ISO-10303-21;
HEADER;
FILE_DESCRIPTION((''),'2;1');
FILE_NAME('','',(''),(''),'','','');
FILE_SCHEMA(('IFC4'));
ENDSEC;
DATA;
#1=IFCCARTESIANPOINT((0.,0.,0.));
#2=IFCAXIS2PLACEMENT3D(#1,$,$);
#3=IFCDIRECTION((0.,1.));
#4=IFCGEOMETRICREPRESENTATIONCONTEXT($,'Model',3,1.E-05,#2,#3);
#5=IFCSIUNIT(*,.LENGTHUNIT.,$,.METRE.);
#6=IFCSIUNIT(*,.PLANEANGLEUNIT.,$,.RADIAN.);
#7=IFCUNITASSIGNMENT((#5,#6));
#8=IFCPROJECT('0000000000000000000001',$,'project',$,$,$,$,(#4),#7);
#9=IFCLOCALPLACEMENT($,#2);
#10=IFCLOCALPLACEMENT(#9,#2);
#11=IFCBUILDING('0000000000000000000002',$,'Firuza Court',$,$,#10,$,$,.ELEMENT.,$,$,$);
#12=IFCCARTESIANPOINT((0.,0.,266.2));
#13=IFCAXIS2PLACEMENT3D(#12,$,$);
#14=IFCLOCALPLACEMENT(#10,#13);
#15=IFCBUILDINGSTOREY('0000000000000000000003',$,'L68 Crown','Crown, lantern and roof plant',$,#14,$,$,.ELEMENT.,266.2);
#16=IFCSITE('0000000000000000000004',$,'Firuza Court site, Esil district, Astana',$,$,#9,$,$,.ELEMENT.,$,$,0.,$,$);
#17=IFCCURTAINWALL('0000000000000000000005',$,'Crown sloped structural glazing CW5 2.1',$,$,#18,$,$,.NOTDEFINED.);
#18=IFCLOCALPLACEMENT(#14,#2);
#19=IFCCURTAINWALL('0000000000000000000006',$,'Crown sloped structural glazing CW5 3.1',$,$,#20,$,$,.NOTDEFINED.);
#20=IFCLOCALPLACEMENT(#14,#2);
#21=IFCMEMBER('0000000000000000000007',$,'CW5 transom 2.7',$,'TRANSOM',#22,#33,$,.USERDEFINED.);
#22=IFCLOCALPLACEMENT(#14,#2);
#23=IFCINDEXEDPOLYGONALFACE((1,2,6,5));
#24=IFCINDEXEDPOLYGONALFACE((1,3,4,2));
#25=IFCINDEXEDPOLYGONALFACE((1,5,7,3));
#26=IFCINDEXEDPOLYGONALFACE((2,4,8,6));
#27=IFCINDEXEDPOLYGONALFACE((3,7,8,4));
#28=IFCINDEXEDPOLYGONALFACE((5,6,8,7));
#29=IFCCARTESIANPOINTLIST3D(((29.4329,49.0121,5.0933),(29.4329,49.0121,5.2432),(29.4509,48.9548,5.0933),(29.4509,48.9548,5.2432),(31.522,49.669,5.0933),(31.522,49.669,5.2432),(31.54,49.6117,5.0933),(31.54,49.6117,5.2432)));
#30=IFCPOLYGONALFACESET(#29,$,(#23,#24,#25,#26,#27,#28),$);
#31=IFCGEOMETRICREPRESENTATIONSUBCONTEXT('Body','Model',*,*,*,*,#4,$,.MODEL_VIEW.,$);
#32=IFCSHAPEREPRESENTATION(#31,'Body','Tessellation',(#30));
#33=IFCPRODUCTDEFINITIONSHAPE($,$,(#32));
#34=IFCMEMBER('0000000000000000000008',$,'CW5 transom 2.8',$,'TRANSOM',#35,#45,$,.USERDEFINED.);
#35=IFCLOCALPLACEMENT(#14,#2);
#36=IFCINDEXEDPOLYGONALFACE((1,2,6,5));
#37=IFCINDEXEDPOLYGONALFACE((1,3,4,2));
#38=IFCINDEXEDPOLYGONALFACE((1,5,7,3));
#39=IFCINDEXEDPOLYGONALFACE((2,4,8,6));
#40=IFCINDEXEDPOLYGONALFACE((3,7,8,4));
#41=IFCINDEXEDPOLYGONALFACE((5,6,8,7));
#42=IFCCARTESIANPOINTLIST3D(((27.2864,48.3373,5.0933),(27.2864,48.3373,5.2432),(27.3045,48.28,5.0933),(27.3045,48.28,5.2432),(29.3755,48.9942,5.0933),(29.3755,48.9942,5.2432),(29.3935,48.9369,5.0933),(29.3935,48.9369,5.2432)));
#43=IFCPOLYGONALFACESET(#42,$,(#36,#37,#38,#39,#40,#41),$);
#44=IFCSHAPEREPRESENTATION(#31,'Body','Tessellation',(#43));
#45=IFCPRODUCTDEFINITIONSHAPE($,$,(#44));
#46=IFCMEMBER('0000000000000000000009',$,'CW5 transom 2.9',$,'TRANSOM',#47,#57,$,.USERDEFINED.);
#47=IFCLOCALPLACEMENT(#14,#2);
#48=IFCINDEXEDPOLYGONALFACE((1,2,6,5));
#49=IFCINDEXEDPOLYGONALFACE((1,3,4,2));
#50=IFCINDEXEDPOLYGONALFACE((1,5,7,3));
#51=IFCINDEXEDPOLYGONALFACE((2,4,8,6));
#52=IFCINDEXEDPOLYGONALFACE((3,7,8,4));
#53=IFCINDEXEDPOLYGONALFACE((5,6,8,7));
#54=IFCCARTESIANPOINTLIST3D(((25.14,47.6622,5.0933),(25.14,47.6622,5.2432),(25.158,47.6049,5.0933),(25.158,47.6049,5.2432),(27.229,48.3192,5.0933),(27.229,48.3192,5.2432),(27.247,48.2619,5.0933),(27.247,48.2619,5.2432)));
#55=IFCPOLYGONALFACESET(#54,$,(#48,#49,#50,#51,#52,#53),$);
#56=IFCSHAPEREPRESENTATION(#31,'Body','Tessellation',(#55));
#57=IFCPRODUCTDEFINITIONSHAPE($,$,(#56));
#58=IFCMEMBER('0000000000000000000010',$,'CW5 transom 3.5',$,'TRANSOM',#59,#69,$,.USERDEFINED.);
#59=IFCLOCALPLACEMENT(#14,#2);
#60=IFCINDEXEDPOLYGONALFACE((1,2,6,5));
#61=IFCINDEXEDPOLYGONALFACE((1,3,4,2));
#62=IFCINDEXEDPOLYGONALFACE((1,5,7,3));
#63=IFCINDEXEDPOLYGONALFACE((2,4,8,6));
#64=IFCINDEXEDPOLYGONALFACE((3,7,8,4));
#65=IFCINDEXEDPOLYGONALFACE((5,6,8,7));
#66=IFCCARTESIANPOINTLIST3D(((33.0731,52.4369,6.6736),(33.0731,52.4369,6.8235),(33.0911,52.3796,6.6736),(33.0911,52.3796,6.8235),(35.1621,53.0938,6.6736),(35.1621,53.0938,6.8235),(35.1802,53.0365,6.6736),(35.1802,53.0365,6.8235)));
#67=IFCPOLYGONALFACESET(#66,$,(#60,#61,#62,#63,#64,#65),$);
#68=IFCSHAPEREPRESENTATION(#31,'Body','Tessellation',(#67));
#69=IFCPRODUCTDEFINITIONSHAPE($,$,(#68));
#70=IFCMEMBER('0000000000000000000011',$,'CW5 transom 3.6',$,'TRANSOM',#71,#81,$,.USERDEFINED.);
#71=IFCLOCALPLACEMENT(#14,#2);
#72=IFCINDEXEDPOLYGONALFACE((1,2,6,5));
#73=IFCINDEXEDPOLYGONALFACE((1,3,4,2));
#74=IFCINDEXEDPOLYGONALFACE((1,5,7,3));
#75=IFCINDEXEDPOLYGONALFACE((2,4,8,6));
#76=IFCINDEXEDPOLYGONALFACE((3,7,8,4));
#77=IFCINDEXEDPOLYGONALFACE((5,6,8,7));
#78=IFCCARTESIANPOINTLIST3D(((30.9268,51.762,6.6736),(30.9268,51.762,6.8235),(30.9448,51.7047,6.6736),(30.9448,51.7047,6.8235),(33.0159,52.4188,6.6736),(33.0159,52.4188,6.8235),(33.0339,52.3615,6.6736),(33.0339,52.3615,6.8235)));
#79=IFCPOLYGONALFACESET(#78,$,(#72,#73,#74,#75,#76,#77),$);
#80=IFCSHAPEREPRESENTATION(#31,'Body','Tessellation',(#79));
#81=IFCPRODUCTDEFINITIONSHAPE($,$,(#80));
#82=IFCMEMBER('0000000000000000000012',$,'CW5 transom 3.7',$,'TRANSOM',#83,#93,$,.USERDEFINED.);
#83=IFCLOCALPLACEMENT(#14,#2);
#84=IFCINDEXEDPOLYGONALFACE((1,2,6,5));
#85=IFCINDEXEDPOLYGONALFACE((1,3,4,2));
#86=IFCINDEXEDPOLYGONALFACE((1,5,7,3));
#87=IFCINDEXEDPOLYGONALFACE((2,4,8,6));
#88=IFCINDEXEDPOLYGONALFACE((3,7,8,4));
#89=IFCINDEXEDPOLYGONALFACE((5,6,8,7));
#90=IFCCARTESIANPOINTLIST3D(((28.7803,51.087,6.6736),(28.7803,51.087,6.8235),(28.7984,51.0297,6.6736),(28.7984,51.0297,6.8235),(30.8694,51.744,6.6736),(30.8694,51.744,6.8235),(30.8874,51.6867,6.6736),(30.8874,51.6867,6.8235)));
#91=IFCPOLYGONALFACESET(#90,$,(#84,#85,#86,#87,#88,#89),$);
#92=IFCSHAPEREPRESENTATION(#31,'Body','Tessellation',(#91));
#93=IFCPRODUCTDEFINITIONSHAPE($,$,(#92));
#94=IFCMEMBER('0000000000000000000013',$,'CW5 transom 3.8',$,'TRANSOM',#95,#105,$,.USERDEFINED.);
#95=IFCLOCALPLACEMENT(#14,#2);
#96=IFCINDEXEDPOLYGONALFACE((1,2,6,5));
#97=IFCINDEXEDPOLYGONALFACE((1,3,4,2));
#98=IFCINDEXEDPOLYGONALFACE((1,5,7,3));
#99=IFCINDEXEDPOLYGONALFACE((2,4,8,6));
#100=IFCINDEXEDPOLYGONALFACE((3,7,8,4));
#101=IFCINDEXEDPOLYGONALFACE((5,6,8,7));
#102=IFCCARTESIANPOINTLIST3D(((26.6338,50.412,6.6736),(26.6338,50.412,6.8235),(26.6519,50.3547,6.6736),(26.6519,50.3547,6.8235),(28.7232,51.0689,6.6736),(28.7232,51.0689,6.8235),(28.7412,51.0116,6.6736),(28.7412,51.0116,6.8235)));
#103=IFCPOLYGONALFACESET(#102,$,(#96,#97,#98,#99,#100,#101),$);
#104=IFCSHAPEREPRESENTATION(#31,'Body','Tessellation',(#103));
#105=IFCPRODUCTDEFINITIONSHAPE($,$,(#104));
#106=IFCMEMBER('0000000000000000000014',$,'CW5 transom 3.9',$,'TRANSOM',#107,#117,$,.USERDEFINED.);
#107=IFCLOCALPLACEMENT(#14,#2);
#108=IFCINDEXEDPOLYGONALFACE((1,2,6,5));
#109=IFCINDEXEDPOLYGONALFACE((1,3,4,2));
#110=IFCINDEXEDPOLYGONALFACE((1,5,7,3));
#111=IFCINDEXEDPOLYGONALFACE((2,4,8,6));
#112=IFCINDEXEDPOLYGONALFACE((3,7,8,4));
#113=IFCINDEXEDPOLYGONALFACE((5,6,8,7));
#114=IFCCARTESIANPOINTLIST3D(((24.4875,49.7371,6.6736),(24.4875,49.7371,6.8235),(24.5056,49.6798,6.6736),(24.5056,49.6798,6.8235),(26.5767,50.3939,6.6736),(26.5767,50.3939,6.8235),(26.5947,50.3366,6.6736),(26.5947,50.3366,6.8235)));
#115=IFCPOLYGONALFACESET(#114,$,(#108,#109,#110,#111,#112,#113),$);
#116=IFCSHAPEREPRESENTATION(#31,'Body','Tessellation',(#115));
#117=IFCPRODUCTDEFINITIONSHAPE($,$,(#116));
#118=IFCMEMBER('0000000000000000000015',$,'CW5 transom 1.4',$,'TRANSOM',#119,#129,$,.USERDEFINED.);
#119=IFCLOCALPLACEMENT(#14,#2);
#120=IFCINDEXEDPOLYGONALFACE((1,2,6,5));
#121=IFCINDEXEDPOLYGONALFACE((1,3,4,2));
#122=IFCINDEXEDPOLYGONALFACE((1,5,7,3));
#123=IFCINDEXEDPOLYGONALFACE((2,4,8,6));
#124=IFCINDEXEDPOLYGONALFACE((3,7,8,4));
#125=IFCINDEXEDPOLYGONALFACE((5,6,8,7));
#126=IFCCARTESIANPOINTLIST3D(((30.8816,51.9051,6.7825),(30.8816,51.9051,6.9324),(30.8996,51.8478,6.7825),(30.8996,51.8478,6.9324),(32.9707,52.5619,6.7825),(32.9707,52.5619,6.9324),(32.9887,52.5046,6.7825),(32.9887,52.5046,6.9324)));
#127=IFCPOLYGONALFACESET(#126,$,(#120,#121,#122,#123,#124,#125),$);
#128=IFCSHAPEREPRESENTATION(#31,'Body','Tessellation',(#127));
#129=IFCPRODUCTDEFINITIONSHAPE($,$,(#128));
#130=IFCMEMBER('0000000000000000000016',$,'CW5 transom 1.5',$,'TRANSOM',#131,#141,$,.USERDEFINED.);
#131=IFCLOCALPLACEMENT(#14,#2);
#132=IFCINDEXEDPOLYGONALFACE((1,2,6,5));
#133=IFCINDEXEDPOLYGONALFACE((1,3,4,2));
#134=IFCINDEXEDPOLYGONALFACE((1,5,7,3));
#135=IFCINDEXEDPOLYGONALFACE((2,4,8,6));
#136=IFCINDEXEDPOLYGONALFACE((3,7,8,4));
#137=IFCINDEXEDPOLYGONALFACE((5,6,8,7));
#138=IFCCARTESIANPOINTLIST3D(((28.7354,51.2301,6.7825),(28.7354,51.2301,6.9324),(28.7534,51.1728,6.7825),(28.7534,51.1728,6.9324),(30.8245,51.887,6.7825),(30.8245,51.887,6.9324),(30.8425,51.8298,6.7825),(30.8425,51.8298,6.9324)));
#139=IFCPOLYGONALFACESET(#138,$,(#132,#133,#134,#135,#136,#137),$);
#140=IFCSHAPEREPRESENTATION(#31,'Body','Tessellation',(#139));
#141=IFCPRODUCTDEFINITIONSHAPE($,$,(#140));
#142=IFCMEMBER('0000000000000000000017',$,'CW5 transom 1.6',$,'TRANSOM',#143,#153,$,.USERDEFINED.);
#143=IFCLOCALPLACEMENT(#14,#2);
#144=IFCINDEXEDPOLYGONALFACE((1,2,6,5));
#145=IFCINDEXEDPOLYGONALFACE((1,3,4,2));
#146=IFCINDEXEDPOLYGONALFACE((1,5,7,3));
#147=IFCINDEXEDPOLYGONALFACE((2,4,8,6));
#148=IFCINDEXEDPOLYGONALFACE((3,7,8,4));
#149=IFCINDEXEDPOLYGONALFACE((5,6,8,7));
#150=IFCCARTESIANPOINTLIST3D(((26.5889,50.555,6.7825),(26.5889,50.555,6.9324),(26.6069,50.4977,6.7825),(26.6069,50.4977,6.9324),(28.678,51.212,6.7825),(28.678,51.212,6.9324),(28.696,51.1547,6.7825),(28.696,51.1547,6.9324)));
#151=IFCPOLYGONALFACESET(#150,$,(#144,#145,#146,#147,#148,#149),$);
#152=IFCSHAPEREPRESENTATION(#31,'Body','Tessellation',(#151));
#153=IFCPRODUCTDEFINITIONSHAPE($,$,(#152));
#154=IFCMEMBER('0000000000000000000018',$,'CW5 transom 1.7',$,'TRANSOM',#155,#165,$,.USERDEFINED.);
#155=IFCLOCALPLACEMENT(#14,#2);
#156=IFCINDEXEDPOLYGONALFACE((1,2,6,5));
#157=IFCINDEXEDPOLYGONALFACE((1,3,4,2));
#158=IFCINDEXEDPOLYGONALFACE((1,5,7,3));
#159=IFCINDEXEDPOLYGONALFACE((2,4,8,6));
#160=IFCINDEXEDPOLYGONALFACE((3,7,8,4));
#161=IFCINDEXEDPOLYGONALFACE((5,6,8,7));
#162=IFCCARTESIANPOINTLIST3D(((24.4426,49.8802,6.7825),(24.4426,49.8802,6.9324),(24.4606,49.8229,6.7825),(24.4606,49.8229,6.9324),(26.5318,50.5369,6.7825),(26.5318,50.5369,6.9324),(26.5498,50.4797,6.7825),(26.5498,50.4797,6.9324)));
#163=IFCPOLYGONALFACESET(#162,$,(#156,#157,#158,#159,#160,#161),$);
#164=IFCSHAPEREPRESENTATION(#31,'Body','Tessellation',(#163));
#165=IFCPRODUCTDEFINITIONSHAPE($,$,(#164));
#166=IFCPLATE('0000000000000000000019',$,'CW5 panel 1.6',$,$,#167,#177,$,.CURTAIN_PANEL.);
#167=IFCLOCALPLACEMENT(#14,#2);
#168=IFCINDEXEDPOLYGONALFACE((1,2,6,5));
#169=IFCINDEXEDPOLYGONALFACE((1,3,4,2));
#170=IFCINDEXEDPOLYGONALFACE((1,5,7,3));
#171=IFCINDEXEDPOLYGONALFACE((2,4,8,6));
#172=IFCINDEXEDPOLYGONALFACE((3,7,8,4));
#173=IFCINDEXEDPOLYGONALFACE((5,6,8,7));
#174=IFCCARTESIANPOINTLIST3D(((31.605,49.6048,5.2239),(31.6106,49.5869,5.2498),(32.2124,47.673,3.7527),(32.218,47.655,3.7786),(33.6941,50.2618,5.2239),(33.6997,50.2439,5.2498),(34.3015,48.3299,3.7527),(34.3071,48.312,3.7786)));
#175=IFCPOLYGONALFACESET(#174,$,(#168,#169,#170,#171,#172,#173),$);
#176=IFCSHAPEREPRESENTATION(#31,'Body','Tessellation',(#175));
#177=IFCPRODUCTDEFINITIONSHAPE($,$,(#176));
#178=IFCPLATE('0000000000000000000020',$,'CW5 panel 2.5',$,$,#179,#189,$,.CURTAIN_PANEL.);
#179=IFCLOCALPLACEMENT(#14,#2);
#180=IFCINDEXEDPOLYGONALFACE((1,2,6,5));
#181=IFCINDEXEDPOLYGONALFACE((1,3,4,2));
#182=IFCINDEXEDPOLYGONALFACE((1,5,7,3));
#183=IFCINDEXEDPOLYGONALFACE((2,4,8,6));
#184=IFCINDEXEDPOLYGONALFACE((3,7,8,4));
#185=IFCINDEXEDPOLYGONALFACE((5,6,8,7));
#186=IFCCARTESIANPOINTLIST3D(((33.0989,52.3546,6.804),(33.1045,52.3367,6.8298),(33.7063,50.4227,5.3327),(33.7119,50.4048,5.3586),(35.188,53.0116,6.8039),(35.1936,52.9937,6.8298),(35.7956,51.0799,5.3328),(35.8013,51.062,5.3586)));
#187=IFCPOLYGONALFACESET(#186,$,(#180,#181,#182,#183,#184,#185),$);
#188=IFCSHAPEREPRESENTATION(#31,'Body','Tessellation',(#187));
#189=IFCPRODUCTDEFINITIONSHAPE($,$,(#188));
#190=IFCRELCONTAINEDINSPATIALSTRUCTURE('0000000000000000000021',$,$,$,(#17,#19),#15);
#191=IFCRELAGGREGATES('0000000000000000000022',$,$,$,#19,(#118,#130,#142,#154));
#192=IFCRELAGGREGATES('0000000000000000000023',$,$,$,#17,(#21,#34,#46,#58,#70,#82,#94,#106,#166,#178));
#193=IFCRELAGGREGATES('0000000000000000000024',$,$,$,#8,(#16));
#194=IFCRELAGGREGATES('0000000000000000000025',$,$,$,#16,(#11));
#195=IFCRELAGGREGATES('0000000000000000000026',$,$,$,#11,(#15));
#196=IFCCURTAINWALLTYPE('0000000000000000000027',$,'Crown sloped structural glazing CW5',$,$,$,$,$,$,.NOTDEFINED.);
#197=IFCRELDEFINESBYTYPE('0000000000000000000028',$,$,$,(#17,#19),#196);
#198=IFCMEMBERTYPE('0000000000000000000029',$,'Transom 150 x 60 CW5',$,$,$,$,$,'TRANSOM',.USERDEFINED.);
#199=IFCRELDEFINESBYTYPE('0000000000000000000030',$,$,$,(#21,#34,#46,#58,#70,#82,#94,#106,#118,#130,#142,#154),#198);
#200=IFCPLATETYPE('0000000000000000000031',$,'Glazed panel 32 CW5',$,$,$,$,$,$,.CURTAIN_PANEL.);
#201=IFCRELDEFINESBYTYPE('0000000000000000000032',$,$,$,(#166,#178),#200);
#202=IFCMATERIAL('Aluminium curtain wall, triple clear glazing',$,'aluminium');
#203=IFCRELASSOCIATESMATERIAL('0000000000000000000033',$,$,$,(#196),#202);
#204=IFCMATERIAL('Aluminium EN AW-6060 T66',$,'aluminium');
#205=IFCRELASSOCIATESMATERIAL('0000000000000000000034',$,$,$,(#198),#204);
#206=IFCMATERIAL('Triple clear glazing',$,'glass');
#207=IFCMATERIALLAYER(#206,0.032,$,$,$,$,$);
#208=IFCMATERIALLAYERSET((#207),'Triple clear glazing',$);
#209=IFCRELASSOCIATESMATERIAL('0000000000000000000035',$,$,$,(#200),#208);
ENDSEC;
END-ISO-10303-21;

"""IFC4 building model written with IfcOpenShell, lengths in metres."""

from ifc_helpers import new_model, si_unit, direction, frame, origin, origin_2d, place, context, subcontext, project, spatial, polyline, rectangle, outline, extrude, material, layer, layer_set, material_profile, profile_set, type_object, element, aggregate, save


model = new_model("IFC4")

# Units and contexts
model_context = context("Model", 3, precision=1e-05, world=origin(), true_north=direction((0.0, 1.0)))
body_context = subcontext(model_context, "Body", "Model", "MODEL_VIEW")
ifc_project = project(units=[si_unit("LENGTHUNIT", "METRE"), si_unit("PLANEANGLEUNIT", "RADIAN")], contexts=[model_context])

# Site, building, storey
site_placement = place(None, origin())
site = spatial("IfcSite", under=ifc_project, at=site_placement, Name="Firuza Court site, Esil district, Astana", CompositionType="ELEMENT", RefElevation=0.0)
building_placement = place(site_placement, origin())
building = spatial("IfcBuilding", under=site, at=building_placement, Name="Firuza Court", CompositionType="ELEMENT")
storey_placement = place(building_placement, frame((0.0, 0.0, 266.2)))
storey = spatial("IfcBuildingStorey", under=building, at=storey_placement, Name="L68 Crown", Description="Crown, lantern and roof plant", CompositionType="ELEMENT", Elevation=266.2)

# Curtain wall
ifc_material_1 = material(Name="Aluminium curtain wall, triple clear glazing", Category="aluminium")
curtain_wall_type = type_object("IfcCurtainWallType", Name="Crown sloped structural glazing CW5", PredefinedType="NOTDEFINED", material=ifc_material_1)
curtain_wall_1_placement = place(storey_placement, origin())
curtain_wall_1 = element("IfcCurtainWall", 1, at=curtain_wall_1_placement, inside=storey, type_object=curtain_wall_type, Name="Crown sloped structural glazing CW5 2.1", PredefinedType="NOTDEFINED")

# Curtain wall
curtain_wall_2_placement = place(storey_placement, origin())
curtain_wall_2 = element("IfcCurtainWall", 2, at=curtain_wall_2_placement, inside=storey, type_object=curtain_wall_type, Name="Crown sloped structural glazing CW5 3.1", PredefinedType="NOTDEFINED")

# Shared definitions
ifc_material_2 = material(Name="Aluminium EN AW-6060 T66", Category="aluminium")
ifc_material_profile_1 = material_profile(ifc_material_2, rectangle(XDim=0.0601, YDim=0.1499, at=origin_2d()), Name="Transom 150 x 60 CW5")
ifc_profile_set_1 = profile_set([ifc_material_profile_1], Name="Aluminium EN AW-6060 T66")
member_type_1 = type_object("IfcMemberType", Name="Transom 150 x 60 CW5", ElementType="TRANSOM", PredefinedType="USERDEFINED", material=ifc_profile_set_1)

# Members
member_1_placement = place(storey_placement, frame((31.531, 49.6404, 5.1682), z_axis=(-0.953941, -0.299995, 0.0), x_axis=(0.299995, -0.953941, 0.0)))
member_1 = element("IfcMember", 3, at=member_1_placement, type_object=member_type_1, Name="CW5 transom 2.7", ObjectType="TRANSOM", PredefinedType="USERDEFINED", context=body_context, shape_type="SweptSolid", body=[
    extrude(rectangle(XDim=0.0601, YDim=0.1499, at=origin_2d()), origin(), (0.0, 0.0, 1.0), 2.1899),
])
member_2_placement = place(storey_placement, frame((29.3845, 48.9656, 5.1682), z_axis=(-0.953941, -0.299995, 0.0), x_axis=(0.299995, -0.953941, 0.0)))
member_2 = element("IfcMember", 4, at=member_2_placement, type_object=member_type_1, Name="CW5 transom 2.8", ObjectType="TRANSOM", PredefinedType="USERDEFINED", context=body_context, shape_type="SweptSolid", body=[
    extrude(rectangle(XDim=0.0601, YDim=0.1499, at=origin_2d()), origin(), (0.0, 0.0, 1.0), 2.1899),
])
member_3_placement = place(storey_placement, frame((27.238, 48.2905, 5.1682), z_axis=(-0.953941, -0.299995, 0.0), x_axis=(0.299995, -0.953941, 0.0)))
member_3 = element("IfcMember", 5, at=member_3_placement, type_object=member_type_1, Name="CW5 transom 2.9", ObjectType="TRANSOM", PredefinedType="USERDEFINED", context=body_context, shape_type="SweptSolid", body=[
    extrude(rectangle(XDim=0.0601, YDim=0.1499, at=origin_2d()), origin(), (0.0, 0.0, 1.0), 2.1899),
])
member_4_placement = place(storey_placement, frame((35.1711, 53.0652, 6.7485), z_axis=(-0.953941, -0.299995, 0.0), x_axis=(0.299995, -0.953941, 0.0)))
member_4 = element("IfcMember", 6, at=member_4_placement, type_object=member_type_1, Name="CW5 transom 3.5", ObjectType="TRANSOM", PredefinedType="USERDEFINED", context=body_context, shape_type="SweptSolid", body=[
    extrude(rectangle(XDim=0.0601, YDim=0.1499, at=origin_2d()), origin(), (0.0, 0.0, 1.0), 2.1899),
])
member_5_placement = place(storey_placement, frame((33.0249, 52.3901, 6.7485), z_axis=(-0.953973, -0.299893, 0.0), x_axis=(0.299893, -0.953973, 0.0)))
member_5 = element("IfcMember", 7, at=member_5_placement, type_object=member_type_1, Name="CW5 transom 3.6", ObjectType="TRANSOM", PredefinedType="USERDEFINED", context=body_context, shape_type="SweptSolid", body=[
    extrude(rectangle(XDim=0.0601, YDim=0.1499, at=origin_2d()), origin(), (0.0, 0.0, 1.0), 2.1899),
])
member_6_placement = place(storey_placement, frame((30.8784, 51.7153, 6.7485), z_axis=(-0.953941, -0.299995, 0.0), x_axis=(0.299995, -0.953941, 0.0)))
member_6 = element("IfcMember", 8, at=member_6_placement, type_object=member_type_1, Name="CW5 transom 3.7", ObjectType="TRANSOM", PredefinedType="USERDEFINED", context=body_context, shape_type="SweptSolid", body=[
    extrude(rectangle(XDim=0.0601, YDim=0.1499, at=origin_2d()), origin(), (0.0, 0.0, 1.0), 2.1899),
])
member_7_placement = place(storey_placement, frame((28.7322, 51.0403, 6.7485), z_axis=(-0.953951, -0.299963, 0.0), x_axis=(0.299963, -0.953951, 0.0)))
member_7 = element("IfcMember", 9, at=member_7_placement, type_object=member_type_1, Name="CW5 transom 3.8", ObjectType="TRANSOM", PredefinedType="USERDEFINED", context=body_context, shape_type="SweptSolid", body=[
    extrude(rectangle(XDim=0.0601, YDim=0.1499, at=origin_2d()), origin(), (0.0, 0.0, 1.0), 2.1902),
])
member_8_placement = place(storey_placement, frame((26.5857, 50.3652, 6.7485), z_axis=(-0.953973, -0.299893, 0.0), x_axis=(0.299893, -0.953973, 0.0)))
member_8 = element("IfcMember", 10, at=member_8_placement, type_object=member_type_1, Name="CW5 transom 3.9", ObjectType="TRANSOM", PredefinedType="USERDEFINED", context=body_context, shape_type="SweptSolid", body=[
    extrude(rectangle(XDim=0.0601, YDim=0.1499, at=origin_2d()), origin(), (0.0, 0.0, 1.0), 2.1899),
])
member_9_placement = place(storey_placement, frame((32.9797, 52.5332, 6.8574), z_axis=(-0.953973, -0.299893, 0.0), x_axis=(0.299893, -0.953973, 0.0)))
member_9 = element("IfcMember", 11, at=member_9_placement, type_object=member_type_1, Name="CW5 transom 1.4", ObjectType="TRANSOM", PredefinedType="USERDEFINED", context=body_context, shape_type="SweptSolid", body=[
    extrude(rectangle(XDim=0.0601, YDim=0.1499, at=origin_2d()), origin(), (0.0, 0.0, 1.0), 2.1899),
])
member_10_placement = place(storey_placement, frame((30.8335, 51.8584, 6.8574), z_axis=(-0.953941, -0.299995, 0.0), x_axis=(0.299995, -0.953941, 0.0)))
member_10 = element("IfcMember", 12, at=member_10_placement, type_object=member_type_1, Name="CW5 transom 1.5", ObjectType="TRANSOM", PredefinedType="USERDEFINED", context=body_context, shape_type="SweptSolid", body=[
    extrude(rectangle(XDim=0.0601, YDim=0.1499, at=origin_2d()), origin(), (0.0, 0.0, 1.0), 2.1899),
])
member_11_placement = place(storey_placement, frame((28.687, 51.1833, 6.8574), z_axis=(-0.953941, -0.299995, 0.0), x_axis=(0.299995, -0.953941, 0.0)))
member_11 = element("IfcMember", 13, at=member_11_placement, type_object=member_type_1, Name="CW5 transom 1.6", ObjectType="TRANSOM", PredefinedType="USERDEFINED", context=body_context, shape_type="SweptSolid", body=[
    extrude(rectangle(XDim=0.0601, YDim=0.1499, at=origin_2d()), origin(), (0.0, 0.0, 1.0), 2.1899),
])
member_12_placement = place(storey_placement, frame((26.5408, 50.5083, 6.8574), z_axis=(-0.953973, -0.299893, 0.0), x_axis=(0.299893, -0.953973, 0.0)))
member_12 = element("IfcMember", 14, at=member_12_placement, type_object=member_type_1, Name="CW5 transom 1.7", ObjectType="TRANSOM", PredefinedType="USERDEFINED", context=body_context, shape_type="SweptSolid", body=[
    extrude(rectangle(XDim=0.0601, YDim=0.1499, at=origin_2d()), origin(), (0.0, 0.0, 1.0), 2.1899),
])
aggregate(curtain_wall_2, [member_9, member_10, member_11, member_12])

# Plates
ifc_material_3 = material(Name="Triple clear glazing", Category="glass")
ifc_layer_1 = layer(ifc_material_3, 0.032)
ifc_layer_set_1 = layer_set([ifc_layer_1], Name="Triple clear glazing")
plate_type = type_object("IfcPlateType", Name="Glazed panel 32 CW5", PredefinedType="CURTAIN_PANEL", material=ifc_layer_set_1)
plate_1_placement = place(storey_placement, frame((34.3071, 48.312, 3.7786), z_axis=(0.176321, -0.560675, 0.809045), x_axis=(-0.953941, -0.299995, 0.0)))
plate_1 = element("IfcPlate", 15, at=plate_1_placement, type_object=plate_type, Name="CW5 panel 1.6", PredefinedType="CURTAIN_PANEL", context=body_context, shape_type="SweptSolid", body=[
    extrude(outline(polyline([(0.0, 0.0), (2.19, 0.0), (2.1899, -2.5031), (-0.0001, -2.5031), (0.0, 0.0)])), origin(), (0.0, 0.0, -1.0), 0.032),
])
plate_2_placement = place(storey_placement, frame((35.8013, 51.062, 5.3586), z_axis=(0.176346, -0.560683, 0.809034), x_axis=(-0.953923, -0.300052, -0.000017)))
plate_2 = element("IfcPlate", 16, at=plate_2_placement, type_object=plate_type, Name="CW5 panel 2.5", PredefinedType="CURTAIN_PANEL", context=body_context, shape_type="SweptSolid", body=[
    extrude(outline(polyline([(0.0, 0.0), (2.1903, 0.0), (2.19, -2.5031), (0.0, -2.503), (0.0, 0.0)])), origin(), (0.0, 0.0, -1.0), 0.032),
])
aggregate(curtain_wall_1, [member_1, member_2, member_3, member_4, member_5, member_6, member_7, member_8, plate_1, plate_2])

save(model, "model.ifc")
